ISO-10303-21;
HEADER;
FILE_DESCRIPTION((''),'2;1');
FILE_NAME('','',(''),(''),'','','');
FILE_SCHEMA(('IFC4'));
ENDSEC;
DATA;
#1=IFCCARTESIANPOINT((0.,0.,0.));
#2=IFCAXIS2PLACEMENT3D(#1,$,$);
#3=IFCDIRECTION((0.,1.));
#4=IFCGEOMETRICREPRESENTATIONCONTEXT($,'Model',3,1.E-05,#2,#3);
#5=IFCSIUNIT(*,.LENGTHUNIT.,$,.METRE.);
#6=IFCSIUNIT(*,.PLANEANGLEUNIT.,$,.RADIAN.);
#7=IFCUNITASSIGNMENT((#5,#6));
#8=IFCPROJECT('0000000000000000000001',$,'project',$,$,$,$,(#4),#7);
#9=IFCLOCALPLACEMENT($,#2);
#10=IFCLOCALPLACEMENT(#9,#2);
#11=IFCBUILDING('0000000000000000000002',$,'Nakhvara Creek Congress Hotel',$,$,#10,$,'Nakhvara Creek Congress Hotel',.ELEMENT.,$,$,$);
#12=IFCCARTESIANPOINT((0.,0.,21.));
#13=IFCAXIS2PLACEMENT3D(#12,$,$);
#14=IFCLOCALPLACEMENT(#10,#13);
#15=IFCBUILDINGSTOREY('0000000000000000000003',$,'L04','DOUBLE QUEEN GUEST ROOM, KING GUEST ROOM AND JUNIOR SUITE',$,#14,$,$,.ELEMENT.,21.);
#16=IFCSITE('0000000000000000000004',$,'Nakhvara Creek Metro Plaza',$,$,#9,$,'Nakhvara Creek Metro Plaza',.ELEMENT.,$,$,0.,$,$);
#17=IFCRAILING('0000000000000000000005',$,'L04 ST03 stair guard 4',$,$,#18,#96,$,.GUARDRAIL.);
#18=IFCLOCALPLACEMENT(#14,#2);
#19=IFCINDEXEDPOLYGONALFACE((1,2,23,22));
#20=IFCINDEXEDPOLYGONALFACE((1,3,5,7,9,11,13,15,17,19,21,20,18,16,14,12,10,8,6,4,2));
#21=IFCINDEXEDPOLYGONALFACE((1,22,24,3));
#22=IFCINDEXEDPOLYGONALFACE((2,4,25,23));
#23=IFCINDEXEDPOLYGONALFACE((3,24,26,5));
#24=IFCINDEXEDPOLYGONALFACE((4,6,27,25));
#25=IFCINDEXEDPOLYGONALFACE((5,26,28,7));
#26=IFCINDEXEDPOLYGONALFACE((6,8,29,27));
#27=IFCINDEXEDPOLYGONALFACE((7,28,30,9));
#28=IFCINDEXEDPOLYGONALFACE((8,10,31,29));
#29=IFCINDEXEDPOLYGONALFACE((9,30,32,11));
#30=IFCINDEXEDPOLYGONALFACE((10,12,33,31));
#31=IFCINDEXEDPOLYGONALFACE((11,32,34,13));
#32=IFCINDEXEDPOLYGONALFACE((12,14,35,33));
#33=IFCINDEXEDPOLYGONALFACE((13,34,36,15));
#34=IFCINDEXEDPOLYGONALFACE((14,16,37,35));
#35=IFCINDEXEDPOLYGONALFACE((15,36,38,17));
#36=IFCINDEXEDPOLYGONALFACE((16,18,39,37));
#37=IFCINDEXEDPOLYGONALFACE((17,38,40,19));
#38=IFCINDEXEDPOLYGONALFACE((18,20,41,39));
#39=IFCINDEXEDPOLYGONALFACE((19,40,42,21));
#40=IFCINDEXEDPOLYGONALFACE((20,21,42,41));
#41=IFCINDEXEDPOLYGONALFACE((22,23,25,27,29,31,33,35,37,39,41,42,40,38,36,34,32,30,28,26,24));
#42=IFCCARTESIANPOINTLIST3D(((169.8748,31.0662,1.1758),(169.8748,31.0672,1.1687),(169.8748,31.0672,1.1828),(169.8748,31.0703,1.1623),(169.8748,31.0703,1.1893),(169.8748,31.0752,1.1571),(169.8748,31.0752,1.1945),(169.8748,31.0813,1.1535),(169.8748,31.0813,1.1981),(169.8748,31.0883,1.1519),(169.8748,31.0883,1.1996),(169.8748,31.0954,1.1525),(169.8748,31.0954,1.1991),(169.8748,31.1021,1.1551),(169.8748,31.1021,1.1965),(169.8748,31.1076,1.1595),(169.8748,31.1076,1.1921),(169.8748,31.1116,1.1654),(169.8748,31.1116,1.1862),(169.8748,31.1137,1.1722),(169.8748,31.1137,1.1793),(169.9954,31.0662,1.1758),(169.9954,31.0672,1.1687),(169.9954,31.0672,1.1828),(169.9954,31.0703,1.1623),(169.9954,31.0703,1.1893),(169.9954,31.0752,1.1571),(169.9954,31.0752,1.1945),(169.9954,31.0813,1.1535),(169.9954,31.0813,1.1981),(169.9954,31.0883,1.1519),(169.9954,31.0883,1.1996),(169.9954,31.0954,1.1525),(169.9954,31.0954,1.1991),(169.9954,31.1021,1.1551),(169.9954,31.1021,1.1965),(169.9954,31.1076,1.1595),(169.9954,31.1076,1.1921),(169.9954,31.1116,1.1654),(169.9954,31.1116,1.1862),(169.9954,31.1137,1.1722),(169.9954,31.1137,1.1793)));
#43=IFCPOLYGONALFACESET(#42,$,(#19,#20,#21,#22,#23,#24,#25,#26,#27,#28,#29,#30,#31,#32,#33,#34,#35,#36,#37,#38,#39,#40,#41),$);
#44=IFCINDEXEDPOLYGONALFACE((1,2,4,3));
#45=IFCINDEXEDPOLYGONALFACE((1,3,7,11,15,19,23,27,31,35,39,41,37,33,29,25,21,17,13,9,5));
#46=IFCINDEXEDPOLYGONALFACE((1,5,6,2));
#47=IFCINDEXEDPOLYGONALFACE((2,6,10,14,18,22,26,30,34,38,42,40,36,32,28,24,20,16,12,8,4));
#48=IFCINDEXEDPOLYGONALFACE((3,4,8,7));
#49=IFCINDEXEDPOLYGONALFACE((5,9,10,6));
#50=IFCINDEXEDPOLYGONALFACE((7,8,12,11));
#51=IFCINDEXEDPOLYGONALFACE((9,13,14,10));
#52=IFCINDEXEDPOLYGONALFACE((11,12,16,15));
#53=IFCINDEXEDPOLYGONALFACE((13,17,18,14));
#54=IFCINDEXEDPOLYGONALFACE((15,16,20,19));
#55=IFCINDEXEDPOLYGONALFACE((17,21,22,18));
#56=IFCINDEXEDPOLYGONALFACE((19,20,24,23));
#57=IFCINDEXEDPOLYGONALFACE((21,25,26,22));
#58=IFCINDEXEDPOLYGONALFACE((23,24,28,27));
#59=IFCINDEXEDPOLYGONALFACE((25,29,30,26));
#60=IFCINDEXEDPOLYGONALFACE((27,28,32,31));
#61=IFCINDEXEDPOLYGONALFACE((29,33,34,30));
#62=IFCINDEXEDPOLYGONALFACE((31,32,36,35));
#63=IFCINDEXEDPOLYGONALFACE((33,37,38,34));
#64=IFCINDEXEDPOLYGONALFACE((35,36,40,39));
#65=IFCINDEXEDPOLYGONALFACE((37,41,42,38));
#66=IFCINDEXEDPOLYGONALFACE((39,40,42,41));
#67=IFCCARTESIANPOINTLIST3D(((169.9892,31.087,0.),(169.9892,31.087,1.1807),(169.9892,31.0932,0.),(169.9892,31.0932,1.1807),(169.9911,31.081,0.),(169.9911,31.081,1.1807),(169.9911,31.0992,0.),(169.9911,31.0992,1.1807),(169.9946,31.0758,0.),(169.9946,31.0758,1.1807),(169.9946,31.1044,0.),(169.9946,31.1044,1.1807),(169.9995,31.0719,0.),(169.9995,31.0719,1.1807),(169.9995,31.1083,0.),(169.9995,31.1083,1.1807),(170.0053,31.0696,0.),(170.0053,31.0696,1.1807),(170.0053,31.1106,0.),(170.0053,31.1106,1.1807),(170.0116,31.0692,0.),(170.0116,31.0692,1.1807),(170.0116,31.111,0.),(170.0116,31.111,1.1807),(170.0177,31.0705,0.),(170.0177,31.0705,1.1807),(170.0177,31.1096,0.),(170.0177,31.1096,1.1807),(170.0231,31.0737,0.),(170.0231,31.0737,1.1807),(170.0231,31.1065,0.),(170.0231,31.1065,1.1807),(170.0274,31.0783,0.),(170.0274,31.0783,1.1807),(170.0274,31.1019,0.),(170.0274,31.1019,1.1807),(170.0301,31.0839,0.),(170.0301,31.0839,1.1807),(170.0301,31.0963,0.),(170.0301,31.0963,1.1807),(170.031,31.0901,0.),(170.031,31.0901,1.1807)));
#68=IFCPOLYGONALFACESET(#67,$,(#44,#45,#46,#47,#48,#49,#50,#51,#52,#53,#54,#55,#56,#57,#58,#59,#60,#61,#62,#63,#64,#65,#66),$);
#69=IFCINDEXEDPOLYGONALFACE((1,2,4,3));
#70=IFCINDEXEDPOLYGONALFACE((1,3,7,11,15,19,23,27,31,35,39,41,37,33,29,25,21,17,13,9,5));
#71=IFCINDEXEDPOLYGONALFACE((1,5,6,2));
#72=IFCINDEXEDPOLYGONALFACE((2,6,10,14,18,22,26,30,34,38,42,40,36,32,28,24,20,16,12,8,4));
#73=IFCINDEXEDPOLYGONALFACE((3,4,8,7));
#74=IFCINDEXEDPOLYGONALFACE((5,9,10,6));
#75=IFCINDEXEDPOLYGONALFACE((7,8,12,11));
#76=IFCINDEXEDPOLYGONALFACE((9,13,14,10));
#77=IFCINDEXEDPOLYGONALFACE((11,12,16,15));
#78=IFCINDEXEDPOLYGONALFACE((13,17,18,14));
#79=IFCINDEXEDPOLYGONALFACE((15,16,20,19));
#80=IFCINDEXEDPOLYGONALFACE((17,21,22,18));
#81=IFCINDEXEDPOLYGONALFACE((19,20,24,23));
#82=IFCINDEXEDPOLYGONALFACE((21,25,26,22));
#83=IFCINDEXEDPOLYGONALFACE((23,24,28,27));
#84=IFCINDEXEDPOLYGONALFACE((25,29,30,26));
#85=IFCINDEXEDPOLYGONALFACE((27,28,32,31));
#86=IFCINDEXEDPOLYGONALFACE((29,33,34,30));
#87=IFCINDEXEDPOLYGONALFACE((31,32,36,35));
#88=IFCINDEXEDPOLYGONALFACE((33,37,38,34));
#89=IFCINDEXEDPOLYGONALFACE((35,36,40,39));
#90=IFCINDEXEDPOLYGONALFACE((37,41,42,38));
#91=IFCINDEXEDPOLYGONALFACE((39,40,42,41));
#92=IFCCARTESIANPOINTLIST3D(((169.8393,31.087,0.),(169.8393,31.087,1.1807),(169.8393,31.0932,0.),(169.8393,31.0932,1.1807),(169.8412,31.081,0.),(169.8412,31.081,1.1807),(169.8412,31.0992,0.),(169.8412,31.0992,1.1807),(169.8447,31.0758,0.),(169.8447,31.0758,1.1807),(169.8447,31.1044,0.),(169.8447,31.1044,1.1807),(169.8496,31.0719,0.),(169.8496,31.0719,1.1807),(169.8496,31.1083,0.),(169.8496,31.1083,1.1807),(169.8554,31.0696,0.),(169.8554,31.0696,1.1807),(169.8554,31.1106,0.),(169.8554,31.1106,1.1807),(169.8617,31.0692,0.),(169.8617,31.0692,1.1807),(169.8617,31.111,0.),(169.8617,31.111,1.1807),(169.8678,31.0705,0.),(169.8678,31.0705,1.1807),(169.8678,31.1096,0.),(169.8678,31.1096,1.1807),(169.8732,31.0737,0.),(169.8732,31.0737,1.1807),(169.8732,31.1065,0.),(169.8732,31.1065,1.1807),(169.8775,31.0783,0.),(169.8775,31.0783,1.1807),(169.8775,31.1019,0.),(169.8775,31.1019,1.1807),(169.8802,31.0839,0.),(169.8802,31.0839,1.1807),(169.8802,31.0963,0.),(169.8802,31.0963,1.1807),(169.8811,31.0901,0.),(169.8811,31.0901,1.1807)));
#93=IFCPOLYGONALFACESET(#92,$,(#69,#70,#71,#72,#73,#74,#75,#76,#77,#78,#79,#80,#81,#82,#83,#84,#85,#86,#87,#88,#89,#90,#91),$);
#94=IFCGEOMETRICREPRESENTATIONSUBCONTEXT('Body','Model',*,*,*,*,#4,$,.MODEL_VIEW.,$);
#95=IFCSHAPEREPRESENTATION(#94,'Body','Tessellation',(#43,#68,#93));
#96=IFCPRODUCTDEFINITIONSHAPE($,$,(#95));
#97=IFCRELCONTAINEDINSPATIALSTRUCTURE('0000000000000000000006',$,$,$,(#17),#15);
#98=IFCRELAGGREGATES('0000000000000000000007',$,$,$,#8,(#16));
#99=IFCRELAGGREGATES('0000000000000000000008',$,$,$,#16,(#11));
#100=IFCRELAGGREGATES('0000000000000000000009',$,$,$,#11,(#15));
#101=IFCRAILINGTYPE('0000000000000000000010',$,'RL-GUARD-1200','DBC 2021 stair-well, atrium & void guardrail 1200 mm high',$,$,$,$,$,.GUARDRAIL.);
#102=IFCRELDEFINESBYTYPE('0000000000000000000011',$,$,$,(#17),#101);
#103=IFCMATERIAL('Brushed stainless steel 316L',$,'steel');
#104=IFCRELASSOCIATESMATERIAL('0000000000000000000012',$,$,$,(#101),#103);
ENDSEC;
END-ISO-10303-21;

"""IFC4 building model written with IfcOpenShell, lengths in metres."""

from ifc_helpers import new_model, si_unit, direction, frame, origin, origin_2d, place, context, subcontext, project, spatial, circle, extrude, material, type_object, element, save


model = new_model("IFC4")

# Units and contexts
model_context = context("Model", 3, precision=1e-05, world=origin(), true_north=direction((0.0, 1.0)))
body_context = subcontext(model_context, "Body", "Model", "MODEL_VIEW")
ifc_project = project(units=[si_unit("LENGTHUNIT", "METRE"), si_unit("PLANEANGLEUNIT", "RADIAN")], contexts=[model_context])

# Site, building, storey
site_placement = place(None, origin())
site = spatial("IfcSite", under=ifc_project, at=site_placement, Name="Nakhvara Creek Metro Plaza", LongName="Nakhvara Creek Metro Plaza", CompositionType="ELEMENT", RefElevation=0.0)
building_placement = place(site_placement, origin())
building = spatial("IfcBuilding", under=site, at=building_placement, Name="Nakhvara Creek Congress Hotel", LongName="Nakhvara Creek Congress Hotel", CompositionType="ELEMENT")
storey_placement = place(building_placement, frame((0.0, 0.0, 21.0)))
storey = spatial("IfcBuildingStorey", under=building, at=storey_placement, Name="L04", Description="DOUBLE QUEEN GUEST ROOM, KING GUEST ROOM AND JUNIOR SUITE", CompositionType="ELEMENT", Elevation=21.0)

# Railing
ifc_material_1 = material(Name="Brushed stainless steel 316L", Category="steel")
railing_type_1 = type_object("IfcRailingType", Name="RL-GUARD-1200", Description="DBC 2021 stair-well, atrium & void guardrail 1200 mm high", PredefinedType="GUARDRAIL", material=ifc_material_1)
railing_1_placement = place(storey_placement, frame((170.01, 31.0901, 0.0)))
element("IfcRailing", 1, at=railing_1_placement, inside=storey, type_object=railing_type_1, Name="L04 ST03 stair guard 4", PredefinedType="GUARDRAIL", context=body_context, shape_type="SweptSolid", body=[
    extrude(circle(Radius=0.0239, at=origin_2d()), frame((-0.0146, 0.0, 1.1758), z_axis=(-1.0, 0.0, 0.0), x_axis=(0.0, -1.0, 0.0)), (0.0, 0.0, 1.0), 0.1206),
    extrude(circle(Radius=0.021, at=origin_2d()), origin(), (0.0, 0.0, 1.0), 1.1807),
    extrude(circle(Radius=0.021, at=origin_2d()), frame((-0.1499, 0.0, 0.0)), (0.0, 0.0, 1.0), 1.1807),
])

save(model, "model.ifc")
